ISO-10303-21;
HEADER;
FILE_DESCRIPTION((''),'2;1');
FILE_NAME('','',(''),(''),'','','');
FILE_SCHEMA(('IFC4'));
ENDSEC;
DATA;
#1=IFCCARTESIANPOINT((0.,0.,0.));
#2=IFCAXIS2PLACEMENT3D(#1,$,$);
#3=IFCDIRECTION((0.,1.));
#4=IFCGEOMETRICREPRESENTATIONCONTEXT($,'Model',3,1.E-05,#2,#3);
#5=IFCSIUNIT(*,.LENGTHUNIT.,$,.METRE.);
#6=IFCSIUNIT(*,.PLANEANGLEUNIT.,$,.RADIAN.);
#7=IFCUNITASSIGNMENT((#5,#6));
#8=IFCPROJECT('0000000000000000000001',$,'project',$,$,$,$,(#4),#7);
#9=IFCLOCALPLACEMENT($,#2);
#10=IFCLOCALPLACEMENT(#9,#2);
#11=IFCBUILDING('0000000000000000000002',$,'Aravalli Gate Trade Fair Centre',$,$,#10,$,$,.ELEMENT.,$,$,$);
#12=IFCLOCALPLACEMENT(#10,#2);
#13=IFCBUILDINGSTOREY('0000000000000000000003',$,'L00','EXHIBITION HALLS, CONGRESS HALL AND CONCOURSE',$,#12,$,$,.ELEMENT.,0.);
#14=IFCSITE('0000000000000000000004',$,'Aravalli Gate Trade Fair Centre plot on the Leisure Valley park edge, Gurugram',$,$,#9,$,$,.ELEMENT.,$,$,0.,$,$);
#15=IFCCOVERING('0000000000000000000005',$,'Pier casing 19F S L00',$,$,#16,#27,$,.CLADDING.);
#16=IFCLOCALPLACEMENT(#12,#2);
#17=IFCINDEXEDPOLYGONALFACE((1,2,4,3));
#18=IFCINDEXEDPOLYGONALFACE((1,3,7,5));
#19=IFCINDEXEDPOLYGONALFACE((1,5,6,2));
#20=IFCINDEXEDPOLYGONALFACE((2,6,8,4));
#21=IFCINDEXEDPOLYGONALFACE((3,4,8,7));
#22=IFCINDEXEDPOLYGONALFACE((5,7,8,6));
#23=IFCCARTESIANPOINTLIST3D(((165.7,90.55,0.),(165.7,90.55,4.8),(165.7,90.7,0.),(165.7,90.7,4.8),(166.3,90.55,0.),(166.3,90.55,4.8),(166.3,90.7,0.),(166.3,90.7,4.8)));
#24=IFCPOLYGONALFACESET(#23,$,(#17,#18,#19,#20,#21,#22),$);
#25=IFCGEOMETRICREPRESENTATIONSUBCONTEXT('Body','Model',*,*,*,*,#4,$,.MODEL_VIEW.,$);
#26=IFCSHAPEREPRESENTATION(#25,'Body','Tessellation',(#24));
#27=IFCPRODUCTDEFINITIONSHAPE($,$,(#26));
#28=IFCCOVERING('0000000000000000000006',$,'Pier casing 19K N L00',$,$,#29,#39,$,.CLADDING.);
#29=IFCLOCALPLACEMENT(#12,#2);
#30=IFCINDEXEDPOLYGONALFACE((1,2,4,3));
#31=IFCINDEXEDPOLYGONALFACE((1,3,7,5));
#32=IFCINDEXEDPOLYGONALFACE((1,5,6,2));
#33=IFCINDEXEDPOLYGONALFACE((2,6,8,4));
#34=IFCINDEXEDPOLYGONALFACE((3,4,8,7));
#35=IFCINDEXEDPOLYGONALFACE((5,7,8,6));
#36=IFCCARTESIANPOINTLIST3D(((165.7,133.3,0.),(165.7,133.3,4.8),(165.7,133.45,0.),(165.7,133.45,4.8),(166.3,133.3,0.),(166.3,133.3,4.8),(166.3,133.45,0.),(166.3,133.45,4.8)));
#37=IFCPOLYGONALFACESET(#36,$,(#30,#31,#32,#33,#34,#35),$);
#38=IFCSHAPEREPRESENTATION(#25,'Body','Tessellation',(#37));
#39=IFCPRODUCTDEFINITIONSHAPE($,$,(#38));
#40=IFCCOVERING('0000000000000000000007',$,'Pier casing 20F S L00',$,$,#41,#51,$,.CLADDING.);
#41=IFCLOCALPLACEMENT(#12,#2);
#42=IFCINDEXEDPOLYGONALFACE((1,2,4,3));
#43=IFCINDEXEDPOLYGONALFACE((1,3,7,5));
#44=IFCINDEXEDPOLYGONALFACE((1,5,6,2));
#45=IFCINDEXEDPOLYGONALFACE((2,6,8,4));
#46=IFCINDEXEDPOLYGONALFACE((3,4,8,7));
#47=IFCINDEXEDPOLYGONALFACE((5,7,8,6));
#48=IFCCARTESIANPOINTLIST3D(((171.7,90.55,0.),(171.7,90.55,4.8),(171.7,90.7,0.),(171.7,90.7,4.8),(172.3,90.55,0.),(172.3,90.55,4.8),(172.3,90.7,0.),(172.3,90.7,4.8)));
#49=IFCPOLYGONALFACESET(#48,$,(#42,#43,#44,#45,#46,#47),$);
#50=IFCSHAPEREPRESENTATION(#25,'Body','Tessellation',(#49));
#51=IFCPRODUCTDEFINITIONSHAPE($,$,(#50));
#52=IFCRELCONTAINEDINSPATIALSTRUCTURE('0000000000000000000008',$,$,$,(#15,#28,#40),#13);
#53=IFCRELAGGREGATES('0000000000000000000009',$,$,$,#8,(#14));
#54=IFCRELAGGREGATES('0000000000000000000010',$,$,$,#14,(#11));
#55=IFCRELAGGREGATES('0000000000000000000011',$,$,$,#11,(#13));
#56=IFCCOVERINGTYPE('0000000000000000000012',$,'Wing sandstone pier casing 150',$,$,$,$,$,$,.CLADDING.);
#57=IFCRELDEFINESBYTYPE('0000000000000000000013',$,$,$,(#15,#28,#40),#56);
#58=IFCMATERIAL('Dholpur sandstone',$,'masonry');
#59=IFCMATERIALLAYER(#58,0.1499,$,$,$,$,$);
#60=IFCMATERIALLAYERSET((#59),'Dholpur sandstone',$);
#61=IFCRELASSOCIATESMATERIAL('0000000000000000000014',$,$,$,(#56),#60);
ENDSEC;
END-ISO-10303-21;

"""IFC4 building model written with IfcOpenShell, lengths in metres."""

from ifc_helpers import new_model, si_unit, direction, origin, place, context, subcontext, project, spatial, polyline, outline, extrude, material, layer, layer_set, type_object, element, save


model = new_model("IFC4")

# Units and contexts
model_context = context("Model", 3, precision=1e-05, world=origin(), true_north=direction((0.0, 1.0)))
body_context = subcontext(model_context, "Body", "Model", "MODEL_VIEW")
ifc_project = project(units=[si_unit("LENGTHUNIT", "METRE"), si_unit("PLANEANGLEUNIT", "RADIAN")], contexts=[model_context])

# Site, building, storey
site_placement = place(None, origin())
site = spatial("IfcSite", under=ifc_project, at=site_placement, Name="Aravalli Gate Trade Fair Centre plot on the Leisure Valley park edge, Gurugram", CompositionType="ELEMENT", RefElevation=0.0)
building_placement = place(site_placement, origin())
building = spatial("IfcBuilding", under=site, at=building_placement, Name="Aravalli Gate Trade Fair Centre", CompositionType="ELEMENT")
storey_placement = place(building_placement, origin())
storey = spatial("IfcBuildingStorey", under=building, at=storey_placement, Name="L00", Description="EXHIBITION HALLS, CONGRESS HALL AND CONCOURSE", CompositionType="ELEMENT", Elevation=0.0)

# Coverings
ifc_material_1 = material(Name="Dholpur sandstone", Category="masonry")
ifc_layer_1 = layer(ifc_material_1, 0.1499)
ifc_layer_set_1 = layer_set([ifc_layer_1], Name="Dholpur sandstone")
covering_type_1 = type_object("IfcCoveringType", Name="Wing sandstone pier casing 150", PredefinedType="CLADDING", material=ifc_layer_set_1)
covering_1_placement = place(storey_placement, origin())
element("IfcCovering", 1, at=covering_1_placement, inside=storey, type_object=covering_type_1, Name="Pier casing 19F S L00", PredefinedType="CLADDING", context=body_context, shape_type="SweptSolid", body=[
    extrude(outline(polyline([(165.7, 90.55), (166.3, 90.55), (166.3, 90.7), (165.7, 90.7), (165.7, 90.55)])), origin(), (0.0, 0.0, 1.0), 4.8),
])
covering_2_placement = place(storey_placement, origin())
element("IfcCovering", 2, at=covering_2_placement, inside=storey, type_object=covering_type_1, Name="Pier casing 19K N L00", PredefinedType="CLADDING", context=body_context, shape_type="SweptSolid", body=[
    extrude(outline(polyline([(165.7, 133.3), (166.3, 133.3), (166.3, 133.45), (165.7, 133.45), (165.7, 133.3)])), origin(), (0.0, 0.0, 1.0), 4.8),
])
covering_3_placement = place(storey_placement, origin())
element("IfcCovering", 3, at=covering_3_placement, inside=storey, type_object=covering_type_1, Name="Pier casing 20F S L00", PredefinedType="CLADDING", context=body_context, shape_type="SweptSolid", body=[
    extrude(outline(polyline([(171.7, 90.55), (172.3, 90.55), (172.3, 90.7), (171.7, 90.7), (171.7, 90.55)])), origin(), (0.0, 0.0, 1.0), 4.8),
])

save(model, "model.ifc")
